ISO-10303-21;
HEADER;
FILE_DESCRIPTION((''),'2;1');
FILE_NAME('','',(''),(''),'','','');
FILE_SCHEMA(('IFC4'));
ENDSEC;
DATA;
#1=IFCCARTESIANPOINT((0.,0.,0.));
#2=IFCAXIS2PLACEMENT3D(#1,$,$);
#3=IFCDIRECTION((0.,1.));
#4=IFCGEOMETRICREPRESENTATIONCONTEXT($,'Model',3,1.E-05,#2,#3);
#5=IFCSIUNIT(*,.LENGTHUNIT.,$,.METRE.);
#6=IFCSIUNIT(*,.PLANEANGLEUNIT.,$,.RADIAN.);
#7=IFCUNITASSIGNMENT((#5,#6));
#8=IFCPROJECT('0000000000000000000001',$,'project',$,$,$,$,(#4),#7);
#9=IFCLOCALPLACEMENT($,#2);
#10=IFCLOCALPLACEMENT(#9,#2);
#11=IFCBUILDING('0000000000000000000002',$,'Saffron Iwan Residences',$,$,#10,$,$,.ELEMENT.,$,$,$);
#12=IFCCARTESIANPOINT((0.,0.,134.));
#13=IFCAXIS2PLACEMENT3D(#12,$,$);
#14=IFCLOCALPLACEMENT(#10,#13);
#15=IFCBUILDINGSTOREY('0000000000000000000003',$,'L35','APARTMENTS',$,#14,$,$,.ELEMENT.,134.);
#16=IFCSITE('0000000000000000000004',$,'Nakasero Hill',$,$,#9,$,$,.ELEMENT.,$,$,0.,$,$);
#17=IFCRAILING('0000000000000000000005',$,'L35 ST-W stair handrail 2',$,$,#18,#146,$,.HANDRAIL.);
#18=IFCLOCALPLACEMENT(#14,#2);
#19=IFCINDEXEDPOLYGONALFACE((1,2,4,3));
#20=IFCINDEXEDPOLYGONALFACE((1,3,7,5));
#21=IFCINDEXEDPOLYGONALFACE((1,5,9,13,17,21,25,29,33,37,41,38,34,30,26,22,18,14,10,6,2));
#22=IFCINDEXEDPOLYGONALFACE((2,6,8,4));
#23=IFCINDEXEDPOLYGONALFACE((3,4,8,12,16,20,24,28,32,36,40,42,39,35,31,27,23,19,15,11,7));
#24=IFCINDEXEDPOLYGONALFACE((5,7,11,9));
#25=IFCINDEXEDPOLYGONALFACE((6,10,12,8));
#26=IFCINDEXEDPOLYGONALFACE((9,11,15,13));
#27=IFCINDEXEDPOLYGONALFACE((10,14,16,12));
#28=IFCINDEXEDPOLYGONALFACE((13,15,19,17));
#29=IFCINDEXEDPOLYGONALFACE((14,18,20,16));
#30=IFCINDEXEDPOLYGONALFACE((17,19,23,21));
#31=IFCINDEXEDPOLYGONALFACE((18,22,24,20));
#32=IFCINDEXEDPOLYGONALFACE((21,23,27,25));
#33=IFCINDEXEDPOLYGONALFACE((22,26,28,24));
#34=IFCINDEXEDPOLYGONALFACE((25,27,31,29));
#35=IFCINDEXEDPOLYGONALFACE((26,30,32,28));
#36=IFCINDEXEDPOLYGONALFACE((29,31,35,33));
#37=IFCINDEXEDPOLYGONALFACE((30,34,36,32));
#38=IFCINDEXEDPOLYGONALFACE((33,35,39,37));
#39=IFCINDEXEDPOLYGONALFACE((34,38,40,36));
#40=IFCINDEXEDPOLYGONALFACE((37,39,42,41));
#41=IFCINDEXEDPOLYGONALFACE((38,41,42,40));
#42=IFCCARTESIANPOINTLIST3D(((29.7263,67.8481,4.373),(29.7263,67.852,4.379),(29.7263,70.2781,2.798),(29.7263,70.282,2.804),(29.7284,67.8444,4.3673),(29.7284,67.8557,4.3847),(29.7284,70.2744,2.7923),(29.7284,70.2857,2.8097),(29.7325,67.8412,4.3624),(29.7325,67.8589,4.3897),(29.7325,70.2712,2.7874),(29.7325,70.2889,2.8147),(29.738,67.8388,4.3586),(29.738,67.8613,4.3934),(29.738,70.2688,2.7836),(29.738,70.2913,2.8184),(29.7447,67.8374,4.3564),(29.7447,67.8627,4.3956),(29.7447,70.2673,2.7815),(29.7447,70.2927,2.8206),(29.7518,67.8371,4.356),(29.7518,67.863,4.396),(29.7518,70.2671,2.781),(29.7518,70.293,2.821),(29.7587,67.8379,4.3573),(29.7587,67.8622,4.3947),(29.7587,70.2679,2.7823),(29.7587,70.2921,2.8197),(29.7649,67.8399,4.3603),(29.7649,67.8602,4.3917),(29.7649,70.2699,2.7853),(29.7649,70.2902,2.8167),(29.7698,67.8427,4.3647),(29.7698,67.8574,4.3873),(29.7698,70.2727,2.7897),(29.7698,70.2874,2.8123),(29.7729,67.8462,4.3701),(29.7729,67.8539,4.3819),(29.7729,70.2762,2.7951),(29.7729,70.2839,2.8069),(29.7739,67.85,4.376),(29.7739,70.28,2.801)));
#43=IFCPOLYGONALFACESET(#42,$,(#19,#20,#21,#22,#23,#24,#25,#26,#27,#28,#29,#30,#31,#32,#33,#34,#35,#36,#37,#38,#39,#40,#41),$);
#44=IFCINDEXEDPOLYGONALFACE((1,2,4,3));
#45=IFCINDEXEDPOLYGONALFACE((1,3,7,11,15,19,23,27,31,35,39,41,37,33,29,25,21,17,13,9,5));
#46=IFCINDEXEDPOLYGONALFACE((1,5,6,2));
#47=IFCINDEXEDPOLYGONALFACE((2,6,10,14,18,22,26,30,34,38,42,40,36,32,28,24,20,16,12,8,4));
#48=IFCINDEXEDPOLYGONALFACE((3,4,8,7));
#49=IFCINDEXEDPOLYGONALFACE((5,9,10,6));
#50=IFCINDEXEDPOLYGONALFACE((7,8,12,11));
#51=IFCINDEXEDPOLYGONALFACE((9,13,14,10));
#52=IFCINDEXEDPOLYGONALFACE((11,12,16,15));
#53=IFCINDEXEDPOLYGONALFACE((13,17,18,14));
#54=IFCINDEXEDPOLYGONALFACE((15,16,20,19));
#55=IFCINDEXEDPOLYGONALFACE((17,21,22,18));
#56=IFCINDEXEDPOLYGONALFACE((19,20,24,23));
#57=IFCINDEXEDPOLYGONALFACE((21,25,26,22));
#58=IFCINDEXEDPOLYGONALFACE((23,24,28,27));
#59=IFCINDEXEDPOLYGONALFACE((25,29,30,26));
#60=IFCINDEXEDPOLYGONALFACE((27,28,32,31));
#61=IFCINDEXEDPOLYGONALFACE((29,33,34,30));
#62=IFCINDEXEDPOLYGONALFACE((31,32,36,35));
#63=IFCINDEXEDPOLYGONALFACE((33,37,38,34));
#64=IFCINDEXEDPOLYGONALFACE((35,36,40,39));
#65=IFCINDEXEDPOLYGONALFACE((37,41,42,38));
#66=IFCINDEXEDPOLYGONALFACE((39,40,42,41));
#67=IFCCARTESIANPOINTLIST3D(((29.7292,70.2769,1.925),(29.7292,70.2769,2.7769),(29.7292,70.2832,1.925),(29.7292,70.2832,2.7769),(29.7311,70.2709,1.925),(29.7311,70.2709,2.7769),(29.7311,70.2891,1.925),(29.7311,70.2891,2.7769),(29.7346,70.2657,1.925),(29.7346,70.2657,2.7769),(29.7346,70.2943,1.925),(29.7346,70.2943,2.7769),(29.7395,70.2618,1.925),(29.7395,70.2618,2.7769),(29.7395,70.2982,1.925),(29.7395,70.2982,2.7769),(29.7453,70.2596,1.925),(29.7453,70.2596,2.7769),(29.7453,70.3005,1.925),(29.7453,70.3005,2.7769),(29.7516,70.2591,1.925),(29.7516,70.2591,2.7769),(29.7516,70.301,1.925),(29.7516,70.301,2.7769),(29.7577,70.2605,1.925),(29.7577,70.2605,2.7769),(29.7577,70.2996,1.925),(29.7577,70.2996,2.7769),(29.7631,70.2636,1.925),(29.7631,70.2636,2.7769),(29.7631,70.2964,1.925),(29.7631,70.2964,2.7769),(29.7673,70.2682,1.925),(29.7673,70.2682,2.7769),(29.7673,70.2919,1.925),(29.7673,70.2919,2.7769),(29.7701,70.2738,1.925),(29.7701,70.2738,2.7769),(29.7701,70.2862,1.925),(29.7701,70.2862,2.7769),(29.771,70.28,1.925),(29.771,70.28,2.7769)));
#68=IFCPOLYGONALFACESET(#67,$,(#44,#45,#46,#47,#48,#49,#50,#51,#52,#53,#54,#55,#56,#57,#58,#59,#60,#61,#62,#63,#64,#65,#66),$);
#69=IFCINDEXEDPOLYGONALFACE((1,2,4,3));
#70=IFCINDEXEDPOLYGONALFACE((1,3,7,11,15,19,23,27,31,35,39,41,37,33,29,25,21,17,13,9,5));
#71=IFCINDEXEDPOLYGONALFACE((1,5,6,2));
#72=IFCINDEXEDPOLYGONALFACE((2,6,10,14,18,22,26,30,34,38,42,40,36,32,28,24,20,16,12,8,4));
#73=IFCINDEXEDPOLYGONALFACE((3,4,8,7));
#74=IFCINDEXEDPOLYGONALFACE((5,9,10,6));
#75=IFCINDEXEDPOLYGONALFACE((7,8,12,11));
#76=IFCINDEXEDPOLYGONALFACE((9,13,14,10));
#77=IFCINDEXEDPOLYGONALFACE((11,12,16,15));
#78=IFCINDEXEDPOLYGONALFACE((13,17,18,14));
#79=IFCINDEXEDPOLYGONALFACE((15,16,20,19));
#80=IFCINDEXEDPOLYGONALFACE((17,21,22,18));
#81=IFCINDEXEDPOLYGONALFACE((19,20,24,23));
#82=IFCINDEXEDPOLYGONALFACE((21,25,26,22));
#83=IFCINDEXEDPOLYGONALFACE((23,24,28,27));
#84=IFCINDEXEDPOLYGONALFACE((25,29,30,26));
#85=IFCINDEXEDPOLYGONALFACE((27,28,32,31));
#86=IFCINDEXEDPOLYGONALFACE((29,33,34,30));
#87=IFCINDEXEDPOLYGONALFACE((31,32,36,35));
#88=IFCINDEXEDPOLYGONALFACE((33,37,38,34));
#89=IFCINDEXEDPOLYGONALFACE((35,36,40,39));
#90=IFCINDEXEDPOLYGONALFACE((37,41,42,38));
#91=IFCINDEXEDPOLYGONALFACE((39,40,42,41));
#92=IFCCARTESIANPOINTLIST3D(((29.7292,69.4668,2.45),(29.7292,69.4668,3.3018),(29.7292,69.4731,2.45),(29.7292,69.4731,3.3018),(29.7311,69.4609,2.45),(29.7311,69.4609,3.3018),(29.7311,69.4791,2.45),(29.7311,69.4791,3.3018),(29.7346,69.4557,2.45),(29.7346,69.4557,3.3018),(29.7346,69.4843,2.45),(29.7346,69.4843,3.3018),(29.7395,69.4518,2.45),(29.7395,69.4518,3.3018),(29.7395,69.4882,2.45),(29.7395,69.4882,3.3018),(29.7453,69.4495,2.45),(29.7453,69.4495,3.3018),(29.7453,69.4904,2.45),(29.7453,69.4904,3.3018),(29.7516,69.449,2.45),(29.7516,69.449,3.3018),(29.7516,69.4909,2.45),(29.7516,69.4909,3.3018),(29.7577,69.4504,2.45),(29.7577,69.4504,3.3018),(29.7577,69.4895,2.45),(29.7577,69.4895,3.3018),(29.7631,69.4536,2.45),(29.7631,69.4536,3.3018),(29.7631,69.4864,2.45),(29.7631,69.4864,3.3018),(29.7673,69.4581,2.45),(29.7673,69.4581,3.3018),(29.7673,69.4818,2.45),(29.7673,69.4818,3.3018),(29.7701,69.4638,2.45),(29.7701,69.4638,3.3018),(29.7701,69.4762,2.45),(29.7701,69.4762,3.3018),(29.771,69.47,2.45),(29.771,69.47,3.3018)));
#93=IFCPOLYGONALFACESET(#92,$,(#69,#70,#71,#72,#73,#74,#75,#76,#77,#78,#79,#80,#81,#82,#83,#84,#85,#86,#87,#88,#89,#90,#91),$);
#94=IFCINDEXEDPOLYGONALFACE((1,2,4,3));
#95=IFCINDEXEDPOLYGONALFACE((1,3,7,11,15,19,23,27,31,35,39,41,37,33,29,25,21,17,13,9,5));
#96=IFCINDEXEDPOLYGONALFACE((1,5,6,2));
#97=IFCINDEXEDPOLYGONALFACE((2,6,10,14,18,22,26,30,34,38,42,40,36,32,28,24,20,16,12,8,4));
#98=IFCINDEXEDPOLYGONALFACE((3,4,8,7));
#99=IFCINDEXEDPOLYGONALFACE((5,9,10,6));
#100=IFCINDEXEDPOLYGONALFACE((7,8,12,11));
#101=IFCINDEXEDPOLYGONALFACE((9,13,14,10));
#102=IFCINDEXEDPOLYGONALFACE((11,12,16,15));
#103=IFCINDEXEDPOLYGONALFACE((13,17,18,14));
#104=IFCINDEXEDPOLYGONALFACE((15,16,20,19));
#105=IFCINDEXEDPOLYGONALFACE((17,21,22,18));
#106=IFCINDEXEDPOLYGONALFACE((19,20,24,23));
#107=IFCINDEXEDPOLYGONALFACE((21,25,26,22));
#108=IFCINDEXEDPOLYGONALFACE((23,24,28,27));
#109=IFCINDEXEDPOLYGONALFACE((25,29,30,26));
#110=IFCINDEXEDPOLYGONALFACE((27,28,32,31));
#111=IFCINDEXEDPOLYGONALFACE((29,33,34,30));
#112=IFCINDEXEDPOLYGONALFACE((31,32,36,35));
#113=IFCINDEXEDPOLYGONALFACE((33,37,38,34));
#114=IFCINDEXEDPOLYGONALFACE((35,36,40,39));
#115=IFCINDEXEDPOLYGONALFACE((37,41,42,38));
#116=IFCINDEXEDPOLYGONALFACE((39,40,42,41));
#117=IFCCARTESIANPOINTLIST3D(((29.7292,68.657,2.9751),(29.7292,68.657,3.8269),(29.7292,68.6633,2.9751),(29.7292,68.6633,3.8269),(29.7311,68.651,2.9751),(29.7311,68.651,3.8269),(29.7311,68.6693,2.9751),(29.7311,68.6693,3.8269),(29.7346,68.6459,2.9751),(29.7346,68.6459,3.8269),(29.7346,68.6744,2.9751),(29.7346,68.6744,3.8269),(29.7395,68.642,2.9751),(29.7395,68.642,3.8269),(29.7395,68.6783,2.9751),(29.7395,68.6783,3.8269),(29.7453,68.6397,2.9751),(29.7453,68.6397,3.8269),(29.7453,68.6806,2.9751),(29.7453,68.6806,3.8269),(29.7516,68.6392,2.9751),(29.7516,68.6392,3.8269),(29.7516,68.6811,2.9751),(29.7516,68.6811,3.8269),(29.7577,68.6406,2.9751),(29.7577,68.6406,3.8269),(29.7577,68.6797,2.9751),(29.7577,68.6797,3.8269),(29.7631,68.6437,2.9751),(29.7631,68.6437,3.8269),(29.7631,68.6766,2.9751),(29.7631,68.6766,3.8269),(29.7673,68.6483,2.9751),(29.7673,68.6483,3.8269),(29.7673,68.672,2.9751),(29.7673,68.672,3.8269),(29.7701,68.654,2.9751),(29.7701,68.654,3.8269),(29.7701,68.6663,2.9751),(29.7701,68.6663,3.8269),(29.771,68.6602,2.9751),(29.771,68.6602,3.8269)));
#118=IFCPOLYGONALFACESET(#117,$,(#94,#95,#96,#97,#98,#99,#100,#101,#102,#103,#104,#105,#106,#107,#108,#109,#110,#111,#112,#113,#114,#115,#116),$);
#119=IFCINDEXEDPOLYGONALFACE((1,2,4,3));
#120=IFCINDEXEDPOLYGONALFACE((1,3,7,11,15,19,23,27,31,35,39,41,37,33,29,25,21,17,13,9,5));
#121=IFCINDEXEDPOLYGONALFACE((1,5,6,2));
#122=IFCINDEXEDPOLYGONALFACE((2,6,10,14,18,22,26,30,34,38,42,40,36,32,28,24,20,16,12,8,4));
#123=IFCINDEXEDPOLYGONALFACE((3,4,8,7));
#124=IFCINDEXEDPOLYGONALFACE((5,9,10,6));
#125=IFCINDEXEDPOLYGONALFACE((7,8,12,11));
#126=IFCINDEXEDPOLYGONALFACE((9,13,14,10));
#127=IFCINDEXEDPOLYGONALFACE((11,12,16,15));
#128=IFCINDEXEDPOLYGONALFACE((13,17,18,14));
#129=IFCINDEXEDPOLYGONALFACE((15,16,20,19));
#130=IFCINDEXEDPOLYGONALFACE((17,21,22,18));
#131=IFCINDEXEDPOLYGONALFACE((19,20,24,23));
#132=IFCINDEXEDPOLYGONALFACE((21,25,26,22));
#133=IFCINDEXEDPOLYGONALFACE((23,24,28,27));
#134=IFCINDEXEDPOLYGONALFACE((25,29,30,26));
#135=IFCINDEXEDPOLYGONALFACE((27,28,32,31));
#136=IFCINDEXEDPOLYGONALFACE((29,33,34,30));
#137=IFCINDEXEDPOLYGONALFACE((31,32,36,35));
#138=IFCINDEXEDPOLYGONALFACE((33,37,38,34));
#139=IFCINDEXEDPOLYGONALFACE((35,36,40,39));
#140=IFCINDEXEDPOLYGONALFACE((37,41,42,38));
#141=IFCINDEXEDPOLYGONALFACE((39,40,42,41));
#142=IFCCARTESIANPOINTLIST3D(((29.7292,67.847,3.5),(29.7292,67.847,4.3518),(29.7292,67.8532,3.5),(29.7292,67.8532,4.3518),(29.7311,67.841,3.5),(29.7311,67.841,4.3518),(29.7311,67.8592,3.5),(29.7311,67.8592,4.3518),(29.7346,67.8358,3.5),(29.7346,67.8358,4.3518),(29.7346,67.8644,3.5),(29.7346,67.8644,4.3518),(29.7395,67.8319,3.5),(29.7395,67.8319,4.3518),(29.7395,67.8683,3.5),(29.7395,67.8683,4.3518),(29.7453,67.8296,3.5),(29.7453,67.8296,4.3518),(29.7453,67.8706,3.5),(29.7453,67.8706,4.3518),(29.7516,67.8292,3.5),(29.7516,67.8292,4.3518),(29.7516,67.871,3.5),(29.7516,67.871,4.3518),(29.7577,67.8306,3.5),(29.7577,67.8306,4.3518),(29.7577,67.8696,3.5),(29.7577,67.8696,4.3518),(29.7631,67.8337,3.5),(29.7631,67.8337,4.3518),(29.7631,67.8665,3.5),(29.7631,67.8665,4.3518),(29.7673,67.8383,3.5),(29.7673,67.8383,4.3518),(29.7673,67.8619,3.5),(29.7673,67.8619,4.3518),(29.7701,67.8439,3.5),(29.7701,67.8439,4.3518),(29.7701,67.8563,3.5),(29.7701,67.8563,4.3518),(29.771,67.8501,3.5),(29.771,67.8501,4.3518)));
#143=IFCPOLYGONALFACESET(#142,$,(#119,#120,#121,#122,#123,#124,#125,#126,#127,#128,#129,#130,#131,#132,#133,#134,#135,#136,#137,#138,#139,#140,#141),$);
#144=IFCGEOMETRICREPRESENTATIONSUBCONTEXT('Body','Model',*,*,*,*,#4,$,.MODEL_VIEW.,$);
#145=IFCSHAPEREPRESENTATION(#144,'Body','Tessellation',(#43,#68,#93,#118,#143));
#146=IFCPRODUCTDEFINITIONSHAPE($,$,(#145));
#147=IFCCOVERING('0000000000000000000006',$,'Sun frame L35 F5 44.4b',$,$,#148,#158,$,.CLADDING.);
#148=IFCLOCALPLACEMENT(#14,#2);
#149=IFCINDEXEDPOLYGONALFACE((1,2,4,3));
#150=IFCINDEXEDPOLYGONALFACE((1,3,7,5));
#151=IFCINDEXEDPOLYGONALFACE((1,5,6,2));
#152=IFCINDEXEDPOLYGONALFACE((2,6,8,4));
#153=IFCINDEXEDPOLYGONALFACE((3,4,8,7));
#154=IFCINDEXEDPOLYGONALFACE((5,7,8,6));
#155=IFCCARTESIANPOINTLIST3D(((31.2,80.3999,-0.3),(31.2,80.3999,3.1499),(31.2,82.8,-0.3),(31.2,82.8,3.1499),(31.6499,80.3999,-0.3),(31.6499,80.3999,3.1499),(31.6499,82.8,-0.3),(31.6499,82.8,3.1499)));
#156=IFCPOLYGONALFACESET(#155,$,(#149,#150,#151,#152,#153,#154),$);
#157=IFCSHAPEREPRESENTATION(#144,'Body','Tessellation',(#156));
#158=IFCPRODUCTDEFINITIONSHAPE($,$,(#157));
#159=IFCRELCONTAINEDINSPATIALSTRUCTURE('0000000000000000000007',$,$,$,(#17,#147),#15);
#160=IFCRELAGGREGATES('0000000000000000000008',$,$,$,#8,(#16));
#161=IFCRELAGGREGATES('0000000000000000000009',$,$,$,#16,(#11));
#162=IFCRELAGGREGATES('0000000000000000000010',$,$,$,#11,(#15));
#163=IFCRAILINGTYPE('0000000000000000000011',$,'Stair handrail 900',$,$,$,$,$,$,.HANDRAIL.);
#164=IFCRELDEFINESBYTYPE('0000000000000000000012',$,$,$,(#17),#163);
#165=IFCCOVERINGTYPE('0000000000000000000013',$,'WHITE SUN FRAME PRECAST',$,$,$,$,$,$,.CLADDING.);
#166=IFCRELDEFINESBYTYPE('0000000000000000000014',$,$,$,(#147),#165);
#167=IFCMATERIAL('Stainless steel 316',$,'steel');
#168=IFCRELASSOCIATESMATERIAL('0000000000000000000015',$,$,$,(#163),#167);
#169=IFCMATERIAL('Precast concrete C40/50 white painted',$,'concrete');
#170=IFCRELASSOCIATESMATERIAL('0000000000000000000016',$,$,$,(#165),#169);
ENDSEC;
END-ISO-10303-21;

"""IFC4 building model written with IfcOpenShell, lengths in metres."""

from ifc_helpers import new_model, si_unit, direction, frame, origin, origin_2d, place, context, subcontext, project, spatial, polyline, circle, outline, extrude, material, type_object, element, save


model = new_model("IFC4")

# Units and contexts
model_context = context("Model", 3, precision=1e-05, world=origin(), true_north=direction((0.0, 1.0)))
body_context = subcontext(model_context, "Body", "Model", "MODEL_VIEW")
ifc_project = project(units=[si_unit("LENGTHUNIT", "METRE"), si_unit("PLANEANGLEUNIT", "RADIAN")], contexts=[model_context])

# Site, building, storey
site_placement = place(None, origin())
site = spatial("IfcSite", under=ifc_project, at=site_placement, Name="Nakasero Hill", CompositionType="ELEMENT", RefElevation=0.0)
building_placement = place(site_placement, origin())
building = spatial("IfcBuilding", under=site, at=building_placement, Name="Saffron Iwan Residences", CompositionType="ELEMENT")
storey_placement = place(building_placement, frame((0.0, 0.0, 134.0)))
storey = spatial("IfcBuildingStorey", under=building, at=storey_placement, Name="L35", Description="APARTMENTS", CompositionType="ELEMENT", Elevation=134.0)

# Railing
ifc_material_1 = material(Name="Stainless steel 316", Category="steel")
railing_type_1 = type_object("IfcRailingType", Name="Stair handrail 900", PredefinedType="HANDRAIL", material=ifc_material_1)
railing_1_placement = place(storey_placement, frame((29.75, 70.28, 1.925)))
element("IfcRailing", 1, at=railing_1_placement, inside=storey, type_object=railing_type_1, Name="L35 ST-W stair handrail 2", PredefinedType="HANDRAIL", context=body_context, shape_type="SweptSolid", body=[
    extrude(circle(Radius=0.0239, at=origin_2d()), frame((0.0, 0.0, 0.876), z_axis=(0.0, -0.839154, 0.543894), x_axis=(1.0, 0.0, 0.0)), (0.0, 0.0, 1.0), 2.8958),
    extrude(circle(Radius=0.021, at=origin_2d()), origin(), (0.0, 0.0, 1.0), 0.8518),
    extrude(circle(Radius=0.021, at=origin_2d()), frame((0.0, -0.8101, 0.5249)), (0.0, 0.0, 1.0), 0.8518),
    extrude(circle(Radius=0.021, at=origin_2d()), frame((0.0, -1.6199, 1.05)), (0.0, 0.0, 1.0), 0.8518),
    extrude(circle(Radius=0.021, at=origin_2d()), frame((0.0, -2.4299, 1.575)), (0.0, 0.0, 1.0), 0.8518),
])

# Covering
ifc_material_2 = material(Name="Precast concrete C40/50 white painted", Category="concrete")
covering_type_1 = type_object("IfcCoveringType", Name="WHITE SUN FRAME PRECAST", PredefinedType="CLADDING", material=ifc_material_2)
covering_1_placement = place(storey_placement, frame((31.6499, 80.3999, -0.3), z_axis=(0.0, 1.0, 0.0), x_axis=(-1.0, 0.0, 0.0)))
element("IfcCovering", 2, at=covering_1_placement, inside=storey, type_object=covering_type_1, Name="Sun frame L35 F5 44.4b", PredefinedType="CLADDING", context=body_context, shape_type="SweptSolid", body=[
    extrude(outline(polyline([(0.0, 0.0), (0.45, 0.0), (0.45, 3.45), (0.0, 3.45), (0.0, 0.0)])), origin(), (0.0, 0.0, 1.0), 2.4001),
])

save(model, "model.ifc")
